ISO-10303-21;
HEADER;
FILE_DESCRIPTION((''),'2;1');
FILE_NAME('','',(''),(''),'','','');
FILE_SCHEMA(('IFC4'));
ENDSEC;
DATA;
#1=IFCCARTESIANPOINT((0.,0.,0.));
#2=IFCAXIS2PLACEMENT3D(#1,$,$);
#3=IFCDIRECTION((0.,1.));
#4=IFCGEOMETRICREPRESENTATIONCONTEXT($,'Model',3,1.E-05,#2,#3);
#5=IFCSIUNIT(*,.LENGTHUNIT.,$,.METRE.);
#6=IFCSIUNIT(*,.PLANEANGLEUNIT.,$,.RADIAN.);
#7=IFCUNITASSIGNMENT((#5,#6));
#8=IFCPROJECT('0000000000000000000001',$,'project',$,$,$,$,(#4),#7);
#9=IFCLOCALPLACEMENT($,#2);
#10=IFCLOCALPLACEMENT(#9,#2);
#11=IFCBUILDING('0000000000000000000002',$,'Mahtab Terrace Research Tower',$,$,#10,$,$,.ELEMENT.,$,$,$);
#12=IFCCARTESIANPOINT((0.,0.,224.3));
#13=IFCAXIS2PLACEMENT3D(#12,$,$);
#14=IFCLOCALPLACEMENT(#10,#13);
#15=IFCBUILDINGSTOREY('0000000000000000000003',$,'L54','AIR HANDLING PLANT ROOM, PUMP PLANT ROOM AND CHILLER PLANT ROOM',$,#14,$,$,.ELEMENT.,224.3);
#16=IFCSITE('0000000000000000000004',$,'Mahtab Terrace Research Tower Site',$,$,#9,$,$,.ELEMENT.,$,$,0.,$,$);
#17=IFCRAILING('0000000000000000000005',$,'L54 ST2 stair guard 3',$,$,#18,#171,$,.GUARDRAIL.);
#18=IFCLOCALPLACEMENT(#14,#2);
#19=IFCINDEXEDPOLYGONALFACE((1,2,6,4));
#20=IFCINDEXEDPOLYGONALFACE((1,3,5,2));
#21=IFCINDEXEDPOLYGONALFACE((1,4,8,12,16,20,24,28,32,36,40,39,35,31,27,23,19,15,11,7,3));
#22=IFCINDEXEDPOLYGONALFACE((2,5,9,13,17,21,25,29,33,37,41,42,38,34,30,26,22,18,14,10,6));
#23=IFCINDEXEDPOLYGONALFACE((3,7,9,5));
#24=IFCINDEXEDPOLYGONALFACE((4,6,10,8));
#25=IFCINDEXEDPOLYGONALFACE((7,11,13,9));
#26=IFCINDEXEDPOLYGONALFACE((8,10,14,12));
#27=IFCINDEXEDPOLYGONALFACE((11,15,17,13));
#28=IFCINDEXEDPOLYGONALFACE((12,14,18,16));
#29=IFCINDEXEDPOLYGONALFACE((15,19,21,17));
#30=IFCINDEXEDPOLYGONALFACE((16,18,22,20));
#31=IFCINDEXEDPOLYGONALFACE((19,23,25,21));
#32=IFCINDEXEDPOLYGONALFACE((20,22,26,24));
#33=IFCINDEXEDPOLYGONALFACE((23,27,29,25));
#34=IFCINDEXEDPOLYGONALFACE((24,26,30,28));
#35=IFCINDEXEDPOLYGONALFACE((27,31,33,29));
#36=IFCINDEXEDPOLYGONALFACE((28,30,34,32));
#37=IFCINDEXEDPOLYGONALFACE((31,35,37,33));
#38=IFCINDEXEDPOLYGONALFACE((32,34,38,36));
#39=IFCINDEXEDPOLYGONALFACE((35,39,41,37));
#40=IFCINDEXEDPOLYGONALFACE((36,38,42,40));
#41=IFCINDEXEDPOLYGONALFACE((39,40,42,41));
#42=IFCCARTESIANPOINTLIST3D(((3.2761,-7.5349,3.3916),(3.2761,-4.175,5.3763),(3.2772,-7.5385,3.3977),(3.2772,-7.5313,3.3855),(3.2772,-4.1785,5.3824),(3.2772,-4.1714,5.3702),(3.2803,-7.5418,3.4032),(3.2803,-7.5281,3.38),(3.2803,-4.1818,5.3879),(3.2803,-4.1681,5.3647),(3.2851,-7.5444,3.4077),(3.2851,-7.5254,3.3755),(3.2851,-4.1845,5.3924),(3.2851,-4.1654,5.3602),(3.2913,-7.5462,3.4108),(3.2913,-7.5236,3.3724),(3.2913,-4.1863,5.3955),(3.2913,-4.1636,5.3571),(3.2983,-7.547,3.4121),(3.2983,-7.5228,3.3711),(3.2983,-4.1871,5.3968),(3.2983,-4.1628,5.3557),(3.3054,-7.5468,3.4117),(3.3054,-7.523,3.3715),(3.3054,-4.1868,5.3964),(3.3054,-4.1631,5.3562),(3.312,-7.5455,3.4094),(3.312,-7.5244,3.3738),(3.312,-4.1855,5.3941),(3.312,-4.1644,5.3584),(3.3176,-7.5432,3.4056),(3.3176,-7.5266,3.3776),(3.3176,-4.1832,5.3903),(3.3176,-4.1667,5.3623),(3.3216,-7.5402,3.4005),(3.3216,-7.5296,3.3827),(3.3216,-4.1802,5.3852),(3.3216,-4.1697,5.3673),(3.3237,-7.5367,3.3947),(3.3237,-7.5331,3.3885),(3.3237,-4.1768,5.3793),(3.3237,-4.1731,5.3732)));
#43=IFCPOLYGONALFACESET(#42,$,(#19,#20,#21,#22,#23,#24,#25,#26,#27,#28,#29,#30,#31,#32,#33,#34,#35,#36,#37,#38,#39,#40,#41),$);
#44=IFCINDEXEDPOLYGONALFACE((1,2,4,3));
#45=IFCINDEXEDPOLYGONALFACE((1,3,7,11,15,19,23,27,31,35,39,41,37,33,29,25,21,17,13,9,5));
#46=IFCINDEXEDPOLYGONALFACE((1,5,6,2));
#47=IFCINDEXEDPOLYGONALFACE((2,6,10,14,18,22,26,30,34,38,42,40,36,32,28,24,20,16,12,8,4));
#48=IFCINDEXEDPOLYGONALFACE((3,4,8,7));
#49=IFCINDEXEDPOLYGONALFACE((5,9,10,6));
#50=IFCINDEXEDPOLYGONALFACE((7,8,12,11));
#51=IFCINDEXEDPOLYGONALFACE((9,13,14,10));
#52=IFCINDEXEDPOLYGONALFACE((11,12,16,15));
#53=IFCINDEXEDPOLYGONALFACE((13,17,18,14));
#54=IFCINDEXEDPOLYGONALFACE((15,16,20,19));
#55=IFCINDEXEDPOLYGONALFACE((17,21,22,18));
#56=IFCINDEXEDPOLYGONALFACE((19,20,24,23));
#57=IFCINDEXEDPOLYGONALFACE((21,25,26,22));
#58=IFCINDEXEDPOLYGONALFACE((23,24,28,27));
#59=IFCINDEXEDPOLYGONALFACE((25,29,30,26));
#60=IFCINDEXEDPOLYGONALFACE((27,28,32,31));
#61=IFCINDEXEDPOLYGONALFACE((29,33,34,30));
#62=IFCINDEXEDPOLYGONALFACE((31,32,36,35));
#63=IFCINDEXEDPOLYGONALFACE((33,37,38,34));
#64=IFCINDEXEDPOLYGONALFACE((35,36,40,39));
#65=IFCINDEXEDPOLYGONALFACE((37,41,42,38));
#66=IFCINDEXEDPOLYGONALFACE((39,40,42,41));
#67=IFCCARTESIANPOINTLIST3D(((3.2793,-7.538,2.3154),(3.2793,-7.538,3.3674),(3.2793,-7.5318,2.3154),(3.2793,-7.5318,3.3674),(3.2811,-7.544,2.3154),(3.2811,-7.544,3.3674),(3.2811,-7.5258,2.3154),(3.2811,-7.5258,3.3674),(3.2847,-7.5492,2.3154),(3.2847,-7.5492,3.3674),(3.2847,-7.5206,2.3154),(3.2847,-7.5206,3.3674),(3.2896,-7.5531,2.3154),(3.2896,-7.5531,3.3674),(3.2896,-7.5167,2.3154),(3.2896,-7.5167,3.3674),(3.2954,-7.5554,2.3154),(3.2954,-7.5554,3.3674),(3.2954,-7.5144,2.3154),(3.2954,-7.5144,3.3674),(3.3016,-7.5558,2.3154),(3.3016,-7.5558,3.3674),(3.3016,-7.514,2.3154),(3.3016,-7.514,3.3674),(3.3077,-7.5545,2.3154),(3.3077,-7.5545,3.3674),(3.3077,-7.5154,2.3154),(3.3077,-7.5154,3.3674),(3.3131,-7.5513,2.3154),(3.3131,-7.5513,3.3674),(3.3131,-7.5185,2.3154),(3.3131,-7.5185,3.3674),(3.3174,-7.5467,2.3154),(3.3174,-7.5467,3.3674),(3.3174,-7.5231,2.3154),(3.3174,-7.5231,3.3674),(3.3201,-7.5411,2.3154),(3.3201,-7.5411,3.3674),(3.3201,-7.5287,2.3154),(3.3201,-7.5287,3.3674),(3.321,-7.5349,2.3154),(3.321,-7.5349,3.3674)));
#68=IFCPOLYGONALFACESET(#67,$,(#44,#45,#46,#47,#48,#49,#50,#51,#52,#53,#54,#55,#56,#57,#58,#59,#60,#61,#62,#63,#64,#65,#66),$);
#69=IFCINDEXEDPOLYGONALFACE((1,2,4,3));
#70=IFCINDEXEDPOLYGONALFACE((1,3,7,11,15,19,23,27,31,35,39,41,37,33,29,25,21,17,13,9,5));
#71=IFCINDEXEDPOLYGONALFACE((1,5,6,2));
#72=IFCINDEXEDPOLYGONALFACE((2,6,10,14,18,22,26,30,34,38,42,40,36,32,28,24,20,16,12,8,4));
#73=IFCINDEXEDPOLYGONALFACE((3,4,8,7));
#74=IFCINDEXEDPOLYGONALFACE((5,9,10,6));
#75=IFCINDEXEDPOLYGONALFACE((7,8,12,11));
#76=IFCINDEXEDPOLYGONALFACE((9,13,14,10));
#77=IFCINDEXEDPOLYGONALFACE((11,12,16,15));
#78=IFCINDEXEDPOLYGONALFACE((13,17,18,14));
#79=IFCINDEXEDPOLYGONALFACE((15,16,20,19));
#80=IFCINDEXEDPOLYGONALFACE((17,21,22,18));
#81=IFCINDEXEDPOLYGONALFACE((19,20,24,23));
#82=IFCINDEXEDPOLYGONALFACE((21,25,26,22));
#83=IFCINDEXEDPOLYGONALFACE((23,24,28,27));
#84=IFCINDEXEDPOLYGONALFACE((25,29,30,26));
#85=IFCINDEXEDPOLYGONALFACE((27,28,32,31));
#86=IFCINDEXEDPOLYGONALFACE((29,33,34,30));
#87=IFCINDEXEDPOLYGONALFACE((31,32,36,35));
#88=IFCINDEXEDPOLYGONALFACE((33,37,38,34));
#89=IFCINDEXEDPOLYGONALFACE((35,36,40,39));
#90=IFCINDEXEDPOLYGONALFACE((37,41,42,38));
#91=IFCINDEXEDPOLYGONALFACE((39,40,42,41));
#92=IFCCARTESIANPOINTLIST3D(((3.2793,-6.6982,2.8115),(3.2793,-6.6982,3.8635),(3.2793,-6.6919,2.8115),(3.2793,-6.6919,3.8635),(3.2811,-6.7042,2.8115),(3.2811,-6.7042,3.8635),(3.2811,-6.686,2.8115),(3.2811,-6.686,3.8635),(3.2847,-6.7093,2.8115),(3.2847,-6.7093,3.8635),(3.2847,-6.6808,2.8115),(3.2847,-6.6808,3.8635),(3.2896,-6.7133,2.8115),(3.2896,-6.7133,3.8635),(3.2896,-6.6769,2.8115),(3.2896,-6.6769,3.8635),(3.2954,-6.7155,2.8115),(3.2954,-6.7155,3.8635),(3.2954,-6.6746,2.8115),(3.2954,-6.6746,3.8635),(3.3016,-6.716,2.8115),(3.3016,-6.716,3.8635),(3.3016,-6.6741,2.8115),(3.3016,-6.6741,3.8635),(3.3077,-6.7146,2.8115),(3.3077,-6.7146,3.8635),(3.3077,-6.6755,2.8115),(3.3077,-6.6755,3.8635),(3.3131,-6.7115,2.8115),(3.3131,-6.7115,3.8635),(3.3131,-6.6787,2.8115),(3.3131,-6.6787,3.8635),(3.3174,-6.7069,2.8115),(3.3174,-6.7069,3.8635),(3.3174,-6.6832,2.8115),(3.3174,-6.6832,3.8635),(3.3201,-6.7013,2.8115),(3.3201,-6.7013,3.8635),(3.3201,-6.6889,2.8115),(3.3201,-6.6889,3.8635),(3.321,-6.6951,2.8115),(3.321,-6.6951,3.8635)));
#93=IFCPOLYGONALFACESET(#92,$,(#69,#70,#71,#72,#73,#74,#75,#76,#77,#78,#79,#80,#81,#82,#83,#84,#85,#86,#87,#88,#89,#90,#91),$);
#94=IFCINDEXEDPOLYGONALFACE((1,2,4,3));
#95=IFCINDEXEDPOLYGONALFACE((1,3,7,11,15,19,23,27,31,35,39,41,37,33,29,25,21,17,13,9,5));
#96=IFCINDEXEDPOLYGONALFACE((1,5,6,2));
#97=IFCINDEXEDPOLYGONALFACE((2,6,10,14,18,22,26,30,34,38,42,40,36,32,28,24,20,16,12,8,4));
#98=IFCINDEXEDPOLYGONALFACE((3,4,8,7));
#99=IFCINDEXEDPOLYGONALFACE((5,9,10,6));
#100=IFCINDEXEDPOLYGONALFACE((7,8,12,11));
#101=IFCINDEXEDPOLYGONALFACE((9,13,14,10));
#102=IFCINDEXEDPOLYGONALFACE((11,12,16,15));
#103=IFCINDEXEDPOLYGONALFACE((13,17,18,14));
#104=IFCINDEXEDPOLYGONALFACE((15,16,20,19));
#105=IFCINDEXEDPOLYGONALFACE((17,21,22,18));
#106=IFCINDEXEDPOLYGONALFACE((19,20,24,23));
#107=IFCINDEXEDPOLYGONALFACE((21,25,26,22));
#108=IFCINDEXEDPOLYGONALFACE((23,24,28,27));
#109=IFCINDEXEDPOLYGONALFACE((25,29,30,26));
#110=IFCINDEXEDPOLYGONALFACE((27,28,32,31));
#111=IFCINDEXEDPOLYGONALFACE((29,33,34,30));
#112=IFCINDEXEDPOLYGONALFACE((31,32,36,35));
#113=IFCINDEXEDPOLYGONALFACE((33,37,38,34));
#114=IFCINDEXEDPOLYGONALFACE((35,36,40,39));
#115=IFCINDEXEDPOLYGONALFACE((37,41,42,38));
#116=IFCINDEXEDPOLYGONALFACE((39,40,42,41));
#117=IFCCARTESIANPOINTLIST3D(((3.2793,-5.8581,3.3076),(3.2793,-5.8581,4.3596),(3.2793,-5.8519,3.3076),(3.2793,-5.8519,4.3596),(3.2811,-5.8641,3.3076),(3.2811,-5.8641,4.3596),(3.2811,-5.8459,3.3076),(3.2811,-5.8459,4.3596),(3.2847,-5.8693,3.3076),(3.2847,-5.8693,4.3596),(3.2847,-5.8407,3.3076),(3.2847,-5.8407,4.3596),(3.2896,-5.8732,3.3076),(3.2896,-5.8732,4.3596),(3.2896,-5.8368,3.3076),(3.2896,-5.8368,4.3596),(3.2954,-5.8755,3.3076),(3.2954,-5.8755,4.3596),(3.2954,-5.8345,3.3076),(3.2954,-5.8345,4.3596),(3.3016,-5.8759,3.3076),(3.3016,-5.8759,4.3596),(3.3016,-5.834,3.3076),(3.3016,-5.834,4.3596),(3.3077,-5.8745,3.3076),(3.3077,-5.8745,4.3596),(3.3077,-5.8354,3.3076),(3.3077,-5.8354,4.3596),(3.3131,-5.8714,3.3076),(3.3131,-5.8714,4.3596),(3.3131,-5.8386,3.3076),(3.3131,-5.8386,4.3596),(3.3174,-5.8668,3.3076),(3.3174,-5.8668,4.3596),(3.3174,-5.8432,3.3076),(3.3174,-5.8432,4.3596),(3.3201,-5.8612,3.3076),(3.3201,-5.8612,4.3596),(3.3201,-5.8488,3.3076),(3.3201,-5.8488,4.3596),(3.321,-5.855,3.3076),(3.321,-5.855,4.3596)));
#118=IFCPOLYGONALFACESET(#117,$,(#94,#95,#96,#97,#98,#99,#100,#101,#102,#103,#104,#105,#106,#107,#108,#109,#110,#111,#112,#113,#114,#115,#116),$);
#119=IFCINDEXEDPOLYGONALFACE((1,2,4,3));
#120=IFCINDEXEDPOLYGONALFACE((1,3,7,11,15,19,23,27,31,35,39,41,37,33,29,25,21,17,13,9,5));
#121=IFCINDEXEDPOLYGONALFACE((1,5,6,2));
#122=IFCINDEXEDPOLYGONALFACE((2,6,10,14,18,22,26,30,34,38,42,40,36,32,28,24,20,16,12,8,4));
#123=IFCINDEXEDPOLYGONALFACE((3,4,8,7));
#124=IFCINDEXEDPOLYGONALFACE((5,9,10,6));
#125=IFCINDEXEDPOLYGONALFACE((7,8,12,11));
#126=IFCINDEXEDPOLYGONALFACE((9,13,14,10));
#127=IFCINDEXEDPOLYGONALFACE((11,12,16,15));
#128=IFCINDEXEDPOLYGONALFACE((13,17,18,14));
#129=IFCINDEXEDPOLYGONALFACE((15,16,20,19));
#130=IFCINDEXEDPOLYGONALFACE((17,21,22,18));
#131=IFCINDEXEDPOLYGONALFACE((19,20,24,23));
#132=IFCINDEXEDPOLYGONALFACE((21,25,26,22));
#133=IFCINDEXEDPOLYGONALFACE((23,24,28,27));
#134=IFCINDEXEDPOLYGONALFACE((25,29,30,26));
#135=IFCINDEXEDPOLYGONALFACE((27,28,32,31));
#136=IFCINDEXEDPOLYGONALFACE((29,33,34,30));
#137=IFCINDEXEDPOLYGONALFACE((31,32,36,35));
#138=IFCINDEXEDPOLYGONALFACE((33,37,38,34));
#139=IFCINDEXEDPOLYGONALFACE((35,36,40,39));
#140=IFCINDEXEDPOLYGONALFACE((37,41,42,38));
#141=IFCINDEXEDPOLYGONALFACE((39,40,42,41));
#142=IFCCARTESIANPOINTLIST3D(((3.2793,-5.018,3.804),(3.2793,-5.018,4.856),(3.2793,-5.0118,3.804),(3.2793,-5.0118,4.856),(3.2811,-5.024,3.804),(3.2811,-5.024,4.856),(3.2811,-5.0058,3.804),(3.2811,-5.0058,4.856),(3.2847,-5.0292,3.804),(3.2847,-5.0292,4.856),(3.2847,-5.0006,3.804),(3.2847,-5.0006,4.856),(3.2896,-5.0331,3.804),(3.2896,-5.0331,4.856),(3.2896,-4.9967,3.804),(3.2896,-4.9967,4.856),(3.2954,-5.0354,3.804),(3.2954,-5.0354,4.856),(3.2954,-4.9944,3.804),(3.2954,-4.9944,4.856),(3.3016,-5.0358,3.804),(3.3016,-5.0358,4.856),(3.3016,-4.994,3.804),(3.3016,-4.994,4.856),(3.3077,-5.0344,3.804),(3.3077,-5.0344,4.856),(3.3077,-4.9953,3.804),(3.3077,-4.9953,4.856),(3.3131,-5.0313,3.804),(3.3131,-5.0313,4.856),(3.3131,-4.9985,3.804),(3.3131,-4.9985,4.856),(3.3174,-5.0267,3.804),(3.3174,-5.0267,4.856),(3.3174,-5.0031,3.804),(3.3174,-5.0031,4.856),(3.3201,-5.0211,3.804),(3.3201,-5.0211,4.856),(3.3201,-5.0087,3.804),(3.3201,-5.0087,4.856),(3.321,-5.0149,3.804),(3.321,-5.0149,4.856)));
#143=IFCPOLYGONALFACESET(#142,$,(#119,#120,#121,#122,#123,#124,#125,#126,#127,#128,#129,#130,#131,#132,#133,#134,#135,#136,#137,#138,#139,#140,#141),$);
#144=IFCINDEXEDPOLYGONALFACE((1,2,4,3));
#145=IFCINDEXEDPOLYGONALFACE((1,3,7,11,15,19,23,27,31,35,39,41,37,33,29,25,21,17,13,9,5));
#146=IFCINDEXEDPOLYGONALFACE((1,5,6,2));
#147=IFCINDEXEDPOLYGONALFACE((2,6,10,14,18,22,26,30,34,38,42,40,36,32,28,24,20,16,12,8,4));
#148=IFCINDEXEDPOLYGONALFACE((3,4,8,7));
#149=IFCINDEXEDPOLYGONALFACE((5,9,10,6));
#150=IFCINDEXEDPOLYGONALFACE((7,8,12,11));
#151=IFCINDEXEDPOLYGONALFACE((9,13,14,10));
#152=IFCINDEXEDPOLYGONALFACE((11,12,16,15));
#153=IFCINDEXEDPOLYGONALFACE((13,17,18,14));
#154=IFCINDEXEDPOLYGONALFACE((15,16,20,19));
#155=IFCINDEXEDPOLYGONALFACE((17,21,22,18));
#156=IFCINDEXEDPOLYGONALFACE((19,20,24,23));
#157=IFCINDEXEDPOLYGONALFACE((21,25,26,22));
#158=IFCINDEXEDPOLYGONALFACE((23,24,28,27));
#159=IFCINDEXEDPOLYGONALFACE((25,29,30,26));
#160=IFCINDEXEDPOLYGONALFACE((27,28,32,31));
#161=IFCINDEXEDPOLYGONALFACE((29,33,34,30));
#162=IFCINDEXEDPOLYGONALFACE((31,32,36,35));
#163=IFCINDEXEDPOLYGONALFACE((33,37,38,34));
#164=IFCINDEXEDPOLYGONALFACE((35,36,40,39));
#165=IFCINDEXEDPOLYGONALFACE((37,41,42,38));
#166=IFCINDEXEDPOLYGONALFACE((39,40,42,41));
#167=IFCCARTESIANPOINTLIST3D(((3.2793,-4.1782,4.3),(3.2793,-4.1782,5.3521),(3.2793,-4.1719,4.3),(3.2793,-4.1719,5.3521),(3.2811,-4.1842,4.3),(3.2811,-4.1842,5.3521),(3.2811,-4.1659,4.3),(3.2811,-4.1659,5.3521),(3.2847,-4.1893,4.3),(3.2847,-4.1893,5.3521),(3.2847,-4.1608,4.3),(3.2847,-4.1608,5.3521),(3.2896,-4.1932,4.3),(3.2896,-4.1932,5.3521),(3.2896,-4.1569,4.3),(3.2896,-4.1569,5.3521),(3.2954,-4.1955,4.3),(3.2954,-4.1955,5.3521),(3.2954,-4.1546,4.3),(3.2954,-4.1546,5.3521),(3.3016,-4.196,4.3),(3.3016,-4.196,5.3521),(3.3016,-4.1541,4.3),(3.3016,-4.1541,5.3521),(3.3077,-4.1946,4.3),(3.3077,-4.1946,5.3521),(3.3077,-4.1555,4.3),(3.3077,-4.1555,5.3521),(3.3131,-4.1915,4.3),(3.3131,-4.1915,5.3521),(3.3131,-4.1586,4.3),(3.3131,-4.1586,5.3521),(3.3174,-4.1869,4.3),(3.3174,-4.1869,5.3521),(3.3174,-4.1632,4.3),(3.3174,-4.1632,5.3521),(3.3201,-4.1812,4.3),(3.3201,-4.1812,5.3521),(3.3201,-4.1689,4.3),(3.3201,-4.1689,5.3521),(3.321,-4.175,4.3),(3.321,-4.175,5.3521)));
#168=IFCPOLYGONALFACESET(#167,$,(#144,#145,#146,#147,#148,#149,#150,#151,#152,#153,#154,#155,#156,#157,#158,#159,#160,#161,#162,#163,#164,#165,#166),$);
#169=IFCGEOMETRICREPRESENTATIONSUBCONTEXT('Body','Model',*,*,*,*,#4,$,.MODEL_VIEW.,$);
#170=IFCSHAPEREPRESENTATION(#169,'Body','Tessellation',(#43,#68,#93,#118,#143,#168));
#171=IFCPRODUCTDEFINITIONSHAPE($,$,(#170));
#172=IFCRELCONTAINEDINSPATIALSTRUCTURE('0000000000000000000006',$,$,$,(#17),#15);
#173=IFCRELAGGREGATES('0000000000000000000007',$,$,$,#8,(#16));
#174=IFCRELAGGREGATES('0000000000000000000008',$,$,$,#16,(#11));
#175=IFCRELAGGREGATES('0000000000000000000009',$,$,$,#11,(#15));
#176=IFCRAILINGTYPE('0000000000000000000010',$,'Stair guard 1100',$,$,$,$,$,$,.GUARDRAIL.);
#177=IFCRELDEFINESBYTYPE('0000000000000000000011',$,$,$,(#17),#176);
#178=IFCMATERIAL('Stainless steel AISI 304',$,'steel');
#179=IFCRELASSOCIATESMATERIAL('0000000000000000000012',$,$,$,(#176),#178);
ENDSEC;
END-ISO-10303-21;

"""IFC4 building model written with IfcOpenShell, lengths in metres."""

from ifc_helpers import new_model, si_unit, direction, frame, origin, origin_2d, place, context, subcontext, project, spatial, circle, extrude, material, type_object, element, save


model = new_model("IFC4")

# Units and contexts
model_context = context("Model", 3, precision=1e-05, world=origin(), true_north=direction((0.0, 1.0)))
body_context = subcontext(model_context, "Body", "Model", "MODEL_VIEW")
ifc_project = project(units=[si_unit("LENGTHUNIT", "METRE"), si_unit("PLANEANGLEUNIT", "RADIAN")], contexts=[model_context])

# Site, building, storey
site_placement = place(None, origin())
site = spatial("IfcSite", under=ifc_project, at=site_placement, Name="Mahtab Terrace Research Tower Site", CompositionType="ELEMENT", RefElevation=0.0)
building_placement = place(site_placement, origin())
building = spatial("IfcBuilding", under=site, at=building_placement, Name="Mahtab Terrace Research Tower", CompositionType="ELEMENT")
storey_placement = place(building_placement, frame((0.0, 0.0, 224.3)))
storey = spatial("IfcBuildingStorey", under=building, at=storey_placement, Name="L54", Description="AIR HANDLING PLANT ROOM, PUMP PLANT ROOM AND CHILLER PLANT ROOM", CompositionType="ELEMENT", Elevation=224.3)

# Railing
ifc_material_1 = material(Name="Stainless steel AISI 304", Category="steel")
railing_type_1 = type_object("IfcRailingType", Name="Stair guard 1100", PredefinedType="GUARDRAIL", material=ifc_material_1)
railing_1_placement = place(storey_placement, frame((3.3, -7.5349, 2.3154)))
element("IfcRailing", 1, at=railing_1_placement, inside=storey, type_object=railing_type_1, Name="L54 ST2 stair guard 3", PredefinedType="GUARDRAIL", context=body_context, shape_type="SweptSolid", body=[
    extrude(circle(Radius=0.0239, at=origin_2d()), frame((0.0, 0.0, 1.0762), z_axis=(0.0, 0.861011, 0.508586), x_axis=(-1.0, 0.0, 0.0)), (0.0, 0.0, 1.0), 3.9023),
    extrude(circle(Radius=0.021, at=origin_2d()), origin(), (0.0, 0.0, 1.0), 1.052),
    extrude(circle(Radius=0.021, at=origin_2d()), frame((0.0, 0.8398, 0.4961)), (0.0, 0.0, 1.0), 1.052),
    extrude(circle(Radius=0.021, at=origin_2d()), frame((0.0, 1.6799, 0.9922)), (0.0, 0.0, 1.0), 1.052),
    extrude(circle(Radius=0.021, at=origin_2d()), frame((0.0, 2.52, 1.4885)), (0.0, 0.0, 1.0), 1.052),
    extrude(circle(Radius=0.021, at=origin_2d()), frame((0.0, 3.3599, 1.9846)), (0.0, 0.0, 1.0), 1.052),
])

save(model, "model.ifc")
